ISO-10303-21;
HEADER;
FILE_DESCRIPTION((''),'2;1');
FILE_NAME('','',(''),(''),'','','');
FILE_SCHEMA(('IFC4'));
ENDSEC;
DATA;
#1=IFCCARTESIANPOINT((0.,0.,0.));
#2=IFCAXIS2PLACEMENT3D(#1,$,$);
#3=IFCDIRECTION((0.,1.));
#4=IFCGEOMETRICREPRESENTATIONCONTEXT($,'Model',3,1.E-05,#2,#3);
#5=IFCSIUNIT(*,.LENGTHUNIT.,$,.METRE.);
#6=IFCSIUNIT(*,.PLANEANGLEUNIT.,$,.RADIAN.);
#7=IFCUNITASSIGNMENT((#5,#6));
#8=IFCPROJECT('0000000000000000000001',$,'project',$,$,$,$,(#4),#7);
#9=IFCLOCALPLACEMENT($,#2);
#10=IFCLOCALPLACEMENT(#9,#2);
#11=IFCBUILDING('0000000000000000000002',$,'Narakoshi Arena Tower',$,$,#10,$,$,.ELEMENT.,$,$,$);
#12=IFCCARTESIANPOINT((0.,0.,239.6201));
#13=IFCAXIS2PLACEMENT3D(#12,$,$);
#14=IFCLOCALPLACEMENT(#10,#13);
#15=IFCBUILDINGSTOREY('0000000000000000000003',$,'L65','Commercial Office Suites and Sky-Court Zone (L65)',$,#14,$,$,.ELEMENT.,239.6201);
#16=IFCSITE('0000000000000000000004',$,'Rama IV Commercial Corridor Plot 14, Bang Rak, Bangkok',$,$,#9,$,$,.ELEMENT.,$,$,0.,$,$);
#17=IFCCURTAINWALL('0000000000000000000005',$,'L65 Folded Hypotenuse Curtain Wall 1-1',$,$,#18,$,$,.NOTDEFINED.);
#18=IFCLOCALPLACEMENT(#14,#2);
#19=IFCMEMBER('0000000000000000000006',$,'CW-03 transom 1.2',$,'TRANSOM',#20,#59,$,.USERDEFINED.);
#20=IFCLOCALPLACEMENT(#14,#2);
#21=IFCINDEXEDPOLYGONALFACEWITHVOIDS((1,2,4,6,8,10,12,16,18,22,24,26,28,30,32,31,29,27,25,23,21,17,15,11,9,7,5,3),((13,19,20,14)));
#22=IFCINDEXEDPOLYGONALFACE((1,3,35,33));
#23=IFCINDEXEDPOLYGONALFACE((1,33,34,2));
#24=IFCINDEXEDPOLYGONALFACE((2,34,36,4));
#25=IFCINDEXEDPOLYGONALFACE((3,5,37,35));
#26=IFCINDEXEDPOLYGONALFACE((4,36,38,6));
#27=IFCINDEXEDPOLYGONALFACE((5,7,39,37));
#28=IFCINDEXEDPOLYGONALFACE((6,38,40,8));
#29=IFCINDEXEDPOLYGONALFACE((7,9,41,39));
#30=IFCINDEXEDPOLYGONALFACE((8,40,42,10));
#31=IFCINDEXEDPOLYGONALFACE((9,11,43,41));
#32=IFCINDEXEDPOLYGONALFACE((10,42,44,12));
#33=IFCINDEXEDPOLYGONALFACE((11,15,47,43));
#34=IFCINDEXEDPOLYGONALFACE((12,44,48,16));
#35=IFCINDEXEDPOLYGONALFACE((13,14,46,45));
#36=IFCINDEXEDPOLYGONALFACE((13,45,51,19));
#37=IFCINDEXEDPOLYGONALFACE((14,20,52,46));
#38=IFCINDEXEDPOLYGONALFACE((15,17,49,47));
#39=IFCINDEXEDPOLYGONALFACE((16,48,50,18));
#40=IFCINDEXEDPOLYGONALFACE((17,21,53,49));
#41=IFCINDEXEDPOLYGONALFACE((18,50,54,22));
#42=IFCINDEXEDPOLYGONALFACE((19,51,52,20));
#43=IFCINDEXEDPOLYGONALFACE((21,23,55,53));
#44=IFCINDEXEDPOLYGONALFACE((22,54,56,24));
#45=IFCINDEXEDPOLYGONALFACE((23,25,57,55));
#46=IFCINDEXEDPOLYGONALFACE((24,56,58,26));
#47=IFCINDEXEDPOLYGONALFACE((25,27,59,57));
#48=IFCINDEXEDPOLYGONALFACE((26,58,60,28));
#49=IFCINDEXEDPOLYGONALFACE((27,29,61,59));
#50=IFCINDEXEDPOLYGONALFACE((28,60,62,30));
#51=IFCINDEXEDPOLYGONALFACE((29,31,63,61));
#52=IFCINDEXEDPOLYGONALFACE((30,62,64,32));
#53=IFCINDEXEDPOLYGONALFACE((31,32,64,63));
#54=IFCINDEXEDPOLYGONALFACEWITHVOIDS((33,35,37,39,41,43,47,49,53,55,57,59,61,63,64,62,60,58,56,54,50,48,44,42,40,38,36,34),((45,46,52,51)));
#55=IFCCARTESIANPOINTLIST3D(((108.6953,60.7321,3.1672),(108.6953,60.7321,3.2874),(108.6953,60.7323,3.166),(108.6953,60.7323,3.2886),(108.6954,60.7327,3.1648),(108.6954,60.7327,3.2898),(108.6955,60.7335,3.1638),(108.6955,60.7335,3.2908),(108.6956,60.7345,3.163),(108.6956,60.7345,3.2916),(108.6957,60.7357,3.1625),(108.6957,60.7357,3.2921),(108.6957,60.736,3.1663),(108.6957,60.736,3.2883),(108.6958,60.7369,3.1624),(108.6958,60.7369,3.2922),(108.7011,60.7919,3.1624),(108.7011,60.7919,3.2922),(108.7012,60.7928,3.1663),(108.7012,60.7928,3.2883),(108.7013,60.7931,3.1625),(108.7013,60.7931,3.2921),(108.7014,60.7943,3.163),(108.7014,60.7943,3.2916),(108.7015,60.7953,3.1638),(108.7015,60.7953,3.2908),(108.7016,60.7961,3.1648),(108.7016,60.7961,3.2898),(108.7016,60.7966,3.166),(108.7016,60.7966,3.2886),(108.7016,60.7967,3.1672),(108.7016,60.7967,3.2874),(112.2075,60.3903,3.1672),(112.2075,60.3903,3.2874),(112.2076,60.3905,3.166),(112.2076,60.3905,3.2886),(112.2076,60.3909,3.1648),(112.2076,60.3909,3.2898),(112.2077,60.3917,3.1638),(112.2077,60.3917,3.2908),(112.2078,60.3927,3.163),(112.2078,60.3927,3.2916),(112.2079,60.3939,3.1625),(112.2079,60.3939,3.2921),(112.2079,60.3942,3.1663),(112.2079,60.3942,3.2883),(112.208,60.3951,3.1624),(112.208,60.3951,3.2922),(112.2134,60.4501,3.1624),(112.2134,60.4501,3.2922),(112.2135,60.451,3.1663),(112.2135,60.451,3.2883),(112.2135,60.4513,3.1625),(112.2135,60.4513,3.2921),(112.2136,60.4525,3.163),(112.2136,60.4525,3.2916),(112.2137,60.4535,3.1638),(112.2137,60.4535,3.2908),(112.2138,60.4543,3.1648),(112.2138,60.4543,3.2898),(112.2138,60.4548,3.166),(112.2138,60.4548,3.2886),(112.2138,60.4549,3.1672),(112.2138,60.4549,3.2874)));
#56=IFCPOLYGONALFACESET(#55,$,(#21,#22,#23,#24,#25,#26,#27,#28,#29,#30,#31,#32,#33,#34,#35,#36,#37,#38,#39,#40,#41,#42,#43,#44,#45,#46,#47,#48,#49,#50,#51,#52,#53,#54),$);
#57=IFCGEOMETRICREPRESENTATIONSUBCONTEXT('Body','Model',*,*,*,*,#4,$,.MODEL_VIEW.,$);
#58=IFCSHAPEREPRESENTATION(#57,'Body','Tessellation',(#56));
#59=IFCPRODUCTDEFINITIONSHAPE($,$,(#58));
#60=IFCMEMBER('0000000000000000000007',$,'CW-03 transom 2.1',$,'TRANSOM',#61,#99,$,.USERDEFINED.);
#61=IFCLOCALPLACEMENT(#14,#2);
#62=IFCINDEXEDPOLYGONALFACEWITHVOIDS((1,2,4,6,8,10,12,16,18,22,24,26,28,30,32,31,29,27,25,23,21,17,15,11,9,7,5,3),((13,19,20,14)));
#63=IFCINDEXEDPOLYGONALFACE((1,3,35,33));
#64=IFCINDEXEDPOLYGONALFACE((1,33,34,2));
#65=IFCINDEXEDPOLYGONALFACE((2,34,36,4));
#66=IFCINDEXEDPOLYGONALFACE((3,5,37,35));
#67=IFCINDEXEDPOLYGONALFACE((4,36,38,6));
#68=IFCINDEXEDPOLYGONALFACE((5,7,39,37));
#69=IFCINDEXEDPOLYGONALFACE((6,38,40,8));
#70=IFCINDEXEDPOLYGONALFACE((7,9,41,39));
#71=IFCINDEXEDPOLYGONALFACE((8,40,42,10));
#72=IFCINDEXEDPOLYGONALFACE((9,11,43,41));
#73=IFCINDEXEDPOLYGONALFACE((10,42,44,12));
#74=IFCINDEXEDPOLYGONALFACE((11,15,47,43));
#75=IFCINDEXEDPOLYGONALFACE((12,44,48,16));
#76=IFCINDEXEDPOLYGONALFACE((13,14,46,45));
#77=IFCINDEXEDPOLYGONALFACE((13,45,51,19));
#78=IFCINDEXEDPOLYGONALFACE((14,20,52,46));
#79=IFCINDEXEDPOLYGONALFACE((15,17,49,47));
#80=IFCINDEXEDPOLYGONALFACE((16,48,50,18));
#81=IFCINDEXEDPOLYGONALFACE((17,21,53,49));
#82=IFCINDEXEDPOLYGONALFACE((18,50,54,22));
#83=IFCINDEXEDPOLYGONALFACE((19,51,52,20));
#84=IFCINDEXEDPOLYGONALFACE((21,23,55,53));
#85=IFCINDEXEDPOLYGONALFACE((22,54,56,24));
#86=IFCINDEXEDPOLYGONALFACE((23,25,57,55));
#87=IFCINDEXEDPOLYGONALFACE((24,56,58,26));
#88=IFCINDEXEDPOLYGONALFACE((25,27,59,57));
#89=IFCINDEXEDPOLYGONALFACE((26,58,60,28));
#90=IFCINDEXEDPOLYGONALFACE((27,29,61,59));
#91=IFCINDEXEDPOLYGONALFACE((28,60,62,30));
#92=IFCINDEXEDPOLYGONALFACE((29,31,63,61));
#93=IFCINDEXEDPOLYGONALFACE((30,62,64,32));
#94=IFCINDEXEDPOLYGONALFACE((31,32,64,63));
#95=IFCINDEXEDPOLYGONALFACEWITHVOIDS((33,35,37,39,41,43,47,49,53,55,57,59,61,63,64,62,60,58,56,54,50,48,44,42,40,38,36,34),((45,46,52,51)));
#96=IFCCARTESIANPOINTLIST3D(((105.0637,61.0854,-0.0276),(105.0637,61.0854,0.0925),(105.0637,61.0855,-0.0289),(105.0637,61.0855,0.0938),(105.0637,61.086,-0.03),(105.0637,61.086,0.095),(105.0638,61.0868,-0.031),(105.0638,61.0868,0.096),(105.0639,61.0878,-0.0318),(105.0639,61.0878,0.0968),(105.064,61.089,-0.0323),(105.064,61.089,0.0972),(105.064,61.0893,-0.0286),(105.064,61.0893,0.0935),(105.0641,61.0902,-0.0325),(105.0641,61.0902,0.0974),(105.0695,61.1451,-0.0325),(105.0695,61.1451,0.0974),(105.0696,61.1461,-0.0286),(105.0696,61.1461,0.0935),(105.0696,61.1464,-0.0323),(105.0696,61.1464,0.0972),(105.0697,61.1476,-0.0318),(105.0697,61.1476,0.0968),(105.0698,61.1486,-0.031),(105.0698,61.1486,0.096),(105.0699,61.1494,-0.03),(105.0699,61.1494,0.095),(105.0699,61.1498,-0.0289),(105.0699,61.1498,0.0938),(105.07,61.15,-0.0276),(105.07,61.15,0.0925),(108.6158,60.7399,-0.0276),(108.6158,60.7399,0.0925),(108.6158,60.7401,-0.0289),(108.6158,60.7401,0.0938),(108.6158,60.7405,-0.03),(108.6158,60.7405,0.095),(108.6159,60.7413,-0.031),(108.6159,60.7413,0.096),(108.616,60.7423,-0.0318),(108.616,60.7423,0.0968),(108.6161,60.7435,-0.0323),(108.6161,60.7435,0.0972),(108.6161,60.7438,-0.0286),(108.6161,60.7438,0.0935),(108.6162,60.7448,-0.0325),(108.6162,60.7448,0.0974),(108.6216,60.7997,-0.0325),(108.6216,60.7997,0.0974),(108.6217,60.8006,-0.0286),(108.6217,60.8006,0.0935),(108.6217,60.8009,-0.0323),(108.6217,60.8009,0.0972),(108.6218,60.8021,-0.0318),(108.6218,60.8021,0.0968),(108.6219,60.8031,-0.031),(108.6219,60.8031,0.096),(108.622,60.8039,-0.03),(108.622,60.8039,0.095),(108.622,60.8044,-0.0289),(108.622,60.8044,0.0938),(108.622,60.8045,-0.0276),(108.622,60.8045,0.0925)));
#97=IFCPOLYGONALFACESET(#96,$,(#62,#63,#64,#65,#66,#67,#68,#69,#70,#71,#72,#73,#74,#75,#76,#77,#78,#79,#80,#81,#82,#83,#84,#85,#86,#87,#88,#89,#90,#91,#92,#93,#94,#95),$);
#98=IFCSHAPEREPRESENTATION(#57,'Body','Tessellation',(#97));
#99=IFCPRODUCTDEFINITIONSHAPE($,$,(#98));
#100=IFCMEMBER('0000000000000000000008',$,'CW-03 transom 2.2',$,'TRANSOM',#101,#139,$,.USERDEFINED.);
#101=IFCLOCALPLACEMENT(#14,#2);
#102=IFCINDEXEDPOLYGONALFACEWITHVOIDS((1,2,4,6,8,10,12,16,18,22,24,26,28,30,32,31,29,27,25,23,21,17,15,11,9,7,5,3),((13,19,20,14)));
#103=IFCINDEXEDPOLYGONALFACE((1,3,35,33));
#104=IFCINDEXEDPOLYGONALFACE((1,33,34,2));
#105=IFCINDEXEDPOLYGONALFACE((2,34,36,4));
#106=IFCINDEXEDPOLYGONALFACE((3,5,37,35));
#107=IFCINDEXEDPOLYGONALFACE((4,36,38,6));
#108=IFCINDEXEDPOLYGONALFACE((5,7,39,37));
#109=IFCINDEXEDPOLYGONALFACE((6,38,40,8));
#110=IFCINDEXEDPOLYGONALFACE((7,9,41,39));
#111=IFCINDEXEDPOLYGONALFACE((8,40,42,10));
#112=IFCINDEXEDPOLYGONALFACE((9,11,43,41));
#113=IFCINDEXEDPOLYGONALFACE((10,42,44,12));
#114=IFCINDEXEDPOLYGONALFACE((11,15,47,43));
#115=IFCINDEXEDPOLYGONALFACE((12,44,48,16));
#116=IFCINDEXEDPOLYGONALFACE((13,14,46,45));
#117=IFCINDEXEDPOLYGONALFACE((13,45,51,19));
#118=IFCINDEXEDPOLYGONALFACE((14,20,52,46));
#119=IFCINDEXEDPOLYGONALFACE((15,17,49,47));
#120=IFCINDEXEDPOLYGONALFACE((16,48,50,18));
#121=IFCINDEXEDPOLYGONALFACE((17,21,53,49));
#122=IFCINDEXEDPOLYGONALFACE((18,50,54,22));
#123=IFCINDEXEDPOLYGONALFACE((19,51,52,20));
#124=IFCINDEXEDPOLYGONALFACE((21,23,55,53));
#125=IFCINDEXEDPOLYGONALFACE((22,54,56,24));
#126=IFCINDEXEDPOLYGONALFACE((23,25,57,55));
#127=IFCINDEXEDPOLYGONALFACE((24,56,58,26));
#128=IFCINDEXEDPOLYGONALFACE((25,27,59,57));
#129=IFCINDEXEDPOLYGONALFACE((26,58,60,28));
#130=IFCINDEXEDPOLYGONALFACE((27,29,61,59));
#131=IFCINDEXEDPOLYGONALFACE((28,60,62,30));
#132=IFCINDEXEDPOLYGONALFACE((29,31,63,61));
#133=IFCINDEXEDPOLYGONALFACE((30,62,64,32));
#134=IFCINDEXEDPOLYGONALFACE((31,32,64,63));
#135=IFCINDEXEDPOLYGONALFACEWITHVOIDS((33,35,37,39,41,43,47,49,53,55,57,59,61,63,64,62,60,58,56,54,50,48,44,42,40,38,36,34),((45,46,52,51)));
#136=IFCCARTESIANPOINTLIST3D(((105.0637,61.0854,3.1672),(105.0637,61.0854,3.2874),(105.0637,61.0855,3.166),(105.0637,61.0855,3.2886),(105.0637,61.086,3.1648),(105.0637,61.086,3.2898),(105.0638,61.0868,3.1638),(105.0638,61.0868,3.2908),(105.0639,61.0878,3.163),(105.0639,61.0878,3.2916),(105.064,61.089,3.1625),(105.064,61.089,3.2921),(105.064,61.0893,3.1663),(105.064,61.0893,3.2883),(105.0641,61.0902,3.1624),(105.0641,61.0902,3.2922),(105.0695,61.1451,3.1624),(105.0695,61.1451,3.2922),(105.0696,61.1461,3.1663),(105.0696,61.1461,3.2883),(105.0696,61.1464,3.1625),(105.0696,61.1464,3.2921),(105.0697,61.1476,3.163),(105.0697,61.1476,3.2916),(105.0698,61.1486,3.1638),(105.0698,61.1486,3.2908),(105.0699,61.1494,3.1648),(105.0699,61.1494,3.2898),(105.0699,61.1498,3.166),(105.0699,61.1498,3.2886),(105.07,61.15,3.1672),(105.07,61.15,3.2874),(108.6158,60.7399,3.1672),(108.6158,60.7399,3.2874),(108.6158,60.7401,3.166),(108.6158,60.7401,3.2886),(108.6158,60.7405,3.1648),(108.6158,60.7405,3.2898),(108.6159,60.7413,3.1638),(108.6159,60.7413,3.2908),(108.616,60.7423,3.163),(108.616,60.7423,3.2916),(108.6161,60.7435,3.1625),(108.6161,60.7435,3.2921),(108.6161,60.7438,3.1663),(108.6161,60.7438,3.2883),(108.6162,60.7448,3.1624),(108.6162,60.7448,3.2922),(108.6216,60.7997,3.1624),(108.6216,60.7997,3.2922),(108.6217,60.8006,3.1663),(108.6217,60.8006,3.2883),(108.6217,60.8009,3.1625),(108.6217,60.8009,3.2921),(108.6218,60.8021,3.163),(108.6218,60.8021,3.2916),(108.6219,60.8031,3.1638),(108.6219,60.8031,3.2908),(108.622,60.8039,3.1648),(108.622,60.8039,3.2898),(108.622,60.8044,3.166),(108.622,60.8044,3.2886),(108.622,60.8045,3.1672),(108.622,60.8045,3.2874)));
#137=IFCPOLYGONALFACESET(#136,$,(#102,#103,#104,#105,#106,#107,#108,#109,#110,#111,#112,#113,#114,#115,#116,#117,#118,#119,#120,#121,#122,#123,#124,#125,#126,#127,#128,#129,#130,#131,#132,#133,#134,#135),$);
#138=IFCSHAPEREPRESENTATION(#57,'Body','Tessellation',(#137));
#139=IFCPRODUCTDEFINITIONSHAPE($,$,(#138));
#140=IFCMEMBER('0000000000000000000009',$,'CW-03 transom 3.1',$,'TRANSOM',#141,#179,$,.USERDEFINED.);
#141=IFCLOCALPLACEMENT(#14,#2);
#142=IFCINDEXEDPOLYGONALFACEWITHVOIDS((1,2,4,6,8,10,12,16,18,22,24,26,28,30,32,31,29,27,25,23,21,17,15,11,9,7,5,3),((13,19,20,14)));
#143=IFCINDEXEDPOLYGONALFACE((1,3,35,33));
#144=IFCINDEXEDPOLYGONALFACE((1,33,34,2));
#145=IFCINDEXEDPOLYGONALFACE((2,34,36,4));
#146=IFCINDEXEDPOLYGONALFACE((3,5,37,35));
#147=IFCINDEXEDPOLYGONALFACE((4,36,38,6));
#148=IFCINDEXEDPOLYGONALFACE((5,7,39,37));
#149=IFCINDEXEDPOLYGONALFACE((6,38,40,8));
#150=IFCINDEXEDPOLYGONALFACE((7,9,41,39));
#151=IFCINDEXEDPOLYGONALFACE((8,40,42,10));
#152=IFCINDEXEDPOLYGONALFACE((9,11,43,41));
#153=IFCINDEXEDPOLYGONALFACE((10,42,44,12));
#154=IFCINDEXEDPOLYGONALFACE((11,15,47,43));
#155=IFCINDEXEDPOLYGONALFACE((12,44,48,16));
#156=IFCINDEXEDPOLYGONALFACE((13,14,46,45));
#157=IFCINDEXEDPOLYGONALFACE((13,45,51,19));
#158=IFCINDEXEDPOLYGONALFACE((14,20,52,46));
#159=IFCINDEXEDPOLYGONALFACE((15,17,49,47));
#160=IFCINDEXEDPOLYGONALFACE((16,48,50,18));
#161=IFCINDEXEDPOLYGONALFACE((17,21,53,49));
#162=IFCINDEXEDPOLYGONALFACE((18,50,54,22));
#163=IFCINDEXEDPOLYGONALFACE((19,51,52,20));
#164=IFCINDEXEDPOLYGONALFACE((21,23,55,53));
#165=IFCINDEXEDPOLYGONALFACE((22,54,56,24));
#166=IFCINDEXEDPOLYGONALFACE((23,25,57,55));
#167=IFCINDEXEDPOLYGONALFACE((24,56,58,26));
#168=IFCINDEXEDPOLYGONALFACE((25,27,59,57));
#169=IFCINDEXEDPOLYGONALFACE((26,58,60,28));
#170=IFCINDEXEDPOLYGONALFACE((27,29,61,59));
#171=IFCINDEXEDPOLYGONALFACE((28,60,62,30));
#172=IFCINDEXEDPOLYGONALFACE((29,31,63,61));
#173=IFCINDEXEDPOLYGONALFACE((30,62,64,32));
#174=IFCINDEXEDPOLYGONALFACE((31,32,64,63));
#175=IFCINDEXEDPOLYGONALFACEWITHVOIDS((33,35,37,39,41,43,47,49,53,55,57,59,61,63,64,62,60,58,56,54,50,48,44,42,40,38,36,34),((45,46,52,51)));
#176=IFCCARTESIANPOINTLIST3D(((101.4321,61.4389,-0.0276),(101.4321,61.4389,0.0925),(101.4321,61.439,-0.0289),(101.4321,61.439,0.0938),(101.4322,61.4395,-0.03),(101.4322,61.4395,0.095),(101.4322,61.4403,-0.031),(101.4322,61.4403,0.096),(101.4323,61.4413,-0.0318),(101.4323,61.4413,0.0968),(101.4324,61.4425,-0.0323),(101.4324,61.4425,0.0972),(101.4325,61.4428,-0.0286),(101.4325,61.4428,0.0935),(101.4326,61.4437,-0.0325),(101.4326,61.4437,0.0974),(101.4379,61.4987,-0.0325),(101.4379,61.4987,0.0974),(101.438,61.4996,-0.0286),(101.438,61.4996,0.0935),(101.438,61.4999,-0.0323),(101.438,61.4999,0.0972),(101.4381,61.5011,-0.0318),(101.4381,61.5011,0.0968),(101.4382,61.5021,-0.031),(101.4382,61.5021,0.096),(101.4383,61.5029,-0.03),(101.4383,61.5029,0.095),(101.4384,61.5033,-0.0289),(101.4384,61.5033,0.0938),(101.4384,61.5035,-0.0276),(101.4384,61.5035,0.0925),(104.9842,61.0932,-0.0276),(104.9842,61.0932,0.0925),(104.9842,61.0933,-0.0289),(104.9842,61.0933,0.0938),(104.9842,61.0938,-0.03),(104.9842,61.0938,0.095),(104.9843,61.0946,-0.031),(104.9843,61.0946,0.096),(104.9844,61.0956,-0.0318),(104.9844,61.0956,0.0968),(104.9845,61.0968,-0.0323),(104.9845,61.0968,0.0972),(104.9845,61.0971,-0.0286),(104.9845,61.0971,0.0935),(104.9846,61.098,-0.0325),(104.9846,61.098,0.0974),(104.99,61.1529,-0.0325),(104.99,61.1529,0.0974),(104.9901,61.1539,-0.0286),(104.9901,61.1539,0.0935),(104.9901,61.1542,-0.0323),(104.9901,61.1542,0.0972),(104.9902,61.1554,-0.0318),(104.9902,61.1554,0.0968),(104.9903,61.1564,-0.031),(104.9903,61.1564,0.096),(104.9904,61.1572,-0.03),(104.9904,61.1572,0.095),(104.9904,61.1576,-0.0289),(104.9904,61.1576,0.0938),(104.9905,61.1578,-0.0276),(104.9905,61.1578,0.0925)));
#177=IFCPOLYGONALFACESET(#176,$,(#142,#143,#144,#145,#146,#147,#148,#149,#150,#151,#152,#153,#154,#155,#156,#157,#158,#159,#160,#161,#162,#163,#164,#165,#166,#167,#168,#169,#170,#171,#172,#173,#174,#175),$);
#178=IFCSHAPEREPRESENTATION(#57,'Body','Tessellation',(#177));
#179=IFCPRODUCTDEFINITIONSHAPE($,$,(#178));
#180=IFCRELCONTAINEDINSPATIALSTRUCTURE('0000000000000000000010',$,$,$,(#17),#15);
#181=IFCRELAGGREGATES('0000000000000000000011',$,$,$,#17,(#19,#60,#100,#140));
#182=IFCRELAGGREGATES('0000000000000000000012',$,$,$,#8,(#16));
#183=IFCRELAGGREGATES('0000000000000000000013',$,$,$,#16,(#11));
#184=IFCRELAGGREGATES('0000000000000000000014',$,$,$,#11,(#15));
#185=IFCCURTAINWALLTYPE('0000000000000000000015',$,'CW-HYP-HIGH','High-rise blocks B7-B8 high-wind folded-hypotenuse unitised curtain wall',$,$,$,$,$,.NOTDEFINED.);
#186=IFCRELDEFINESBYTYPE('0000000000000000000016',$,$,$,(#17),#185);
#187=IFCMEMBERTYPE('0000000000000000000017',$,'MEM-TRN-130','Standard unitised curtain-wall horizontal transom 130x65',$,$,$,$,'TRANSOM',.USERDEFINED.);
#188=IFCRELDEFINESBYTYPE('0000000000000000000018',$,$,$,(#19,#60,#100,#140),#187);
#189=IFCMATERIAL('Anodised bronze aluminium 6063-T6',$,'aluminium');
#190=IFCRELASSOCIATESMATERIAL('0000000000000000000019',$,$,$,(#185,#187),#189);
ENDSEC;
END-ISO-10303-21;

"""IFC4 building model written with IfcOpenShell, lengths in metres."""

from ifc_helpers import new_model, si_unit, direction, frame, origin, origin_2d, place, context, subcontext, project, spatial, hollow_rectangle, extrude, material, material_profile, profile_set, type_object, element, aggregate, save


model = new_model("IFC4")

# Units and contexts
model_context = context("Model", 3, precision=1e-05, world=origin(), true_north=direction((0.0, 1.0)))
body_context = subcontext(model_context, "Body", "Model", "MODEL_VIEW")
ifc_project = project(units=[si_unit("LENGTHUNIT", "METRE"), si_unit("PLANEANGLEUNIT", "RADIAN")], contexts=[model_context])

# Site, building, storey
site_placement = place(None, origin())
site = spatial("IfcSite", under=ifc_project, at=site_placement, Name="Rama IV Commercial Corridor Plot 14, Bang Rak, Bangkok", CompositionType="ELEMENT", RefElevation=0.0)
building_placement = place(site_placement, origin())
building = spatial("IfcBuilding", under=site, at=building_placement, Name="Narakoshi Arena Tower", CompositionType="ELEMENT")
storey_placement = place(building_placement, frame((0.0, 0.0, 239.6201)))
storey = spatial("IfcBuildingStorey", under=building, at=storey_placement, Name="L65", Description="Commercial Office Suites and Sky-Court Zone (L65)", CompositionType="ELEMENT", Elevation=239.6201)

# Curtain wall, members
ifc_material_1 = material(Name="Anodised bronze aluminium 6063-T6", Category="aluminium")
curtain_wall_type = type_object("IfcCurtainWallType", Name="CW-HYP-HIGH", Description="High-rise blocks B7-B8 high-wind folded-hypotenuse unitised curtain wall", PredefinedType="NOTDEFINED", material=ifc_material_1)
curtain_wall_placement = place(storey_placement, origin())
curtain_wall = element("IfcCurtainWall", 1, at=curtain_wall_placement, inside=storey, type_object=curtain_wall_type, Name="L65 Folded Hypotenuse Curtain Wall 1-1", PredefinedType="NOTDEFINED")
ifc_material_profile_1 = material_profile(ifc_material_1, hollow_rectangle(XDim=0.0649, YDim=0.1299, WallThickness=0.0039, OuterFilletRadius=0.0049, at=origin_2d()), Name="TRN130x65x4")
ifc_profile_set_1 = profile_set([ifc_material_profile_1], Name="Anodised bronze aluminium 6063-T6")
member_type_1 = type_object("IfcMemberType", Name="MEM-TRN-130", Description="Standard unitised curtain-wall horizontal transom 130x65", ElementType="TRANSOM", PredefinedType="USERDEFINED", material=ifc_profile_set_1)
member_1_placement = place(storey_placement, frame((112.2107, 60.4226, 3.2273), z_axis=(-0.995298, 0.096859, 0.0), x_axis=(-0.096859, -0.995298, 0.0)))
member_1 = element("IfcMember", 2, at=member_1_placement, type_object=member_type_1, Name="CW-03 transom 1.2", ObjectType="TRANSOM", PredefinedType="USERDEFINED", context=body_context, shape_type="SweptSolid", body=[
    extrude(hollow_rectangle(XDim=0.0649, YDim=0.1299, WallThickness=0.0039, OuterFilletRadius=0.0049, at=origin_2d()), origin(), (0.0, 0.0, 1.0), 3.5288),
])
member_2_placement = place(storey_placement, frame((108.6189, 60.7722, 0.0325), z_axis=(-0.995304, 0.096801, 0.0), x_axis=(-0.096801, -0.995304, 0.0)))
member_2 = element("IfcMember", 3, at=member_2_placement, type_object=member_type_1, Name="CW-03 transom 2.1", ObjectType="TRANSOM", PredefinedType="USERDEFINED", context=body_context, shape_type="SweptSolid", body=[
    extrude(hollow_rectangle(XDim=0.0649, YDim=0.1299, WallThickness=0.0039, OuterFilletRadius=0.0049, at=origin_2d()), origin(), (0.0, 0.0, 1.0), 3.5688),
])
member_3_placement = place(storey_placement, frame((108.6189, 60.7722, 3.2273), z_axis=(-0.995304, 0.096801, 0.0), x_axis=(-0.096801, -0.995304, 0.0)))
member_3 = element("IfcMember", 4, at=member_3_placement, type_object=member_type_1, Name="CW-03 transom 2.2", ObjectType="TRANSOM", PredefinedType="USERDEFINED", context=body_context, shape_type="SweptSolid", body=[
    extrude(hollow_rectangle(XDim=0.0649, YDim=0.1299, WallThickness=0.0039, OuterFilletRadius=0.0049, at=origin_2d()), origin(), (0.0, 0.0, 1.0), 3.5688),
])
member_4_placement = place(storey_placement, frame((104.9873, 61.1255, 0.0325), z_axis=(-0.995297, 0.096869, 0.0), x_axis=(-0.096869, -0.995297, 0.0)))
member_4 = element("IfcMember", 5, at=member_4_placement, type_object=member_type_1, Name="CW-03 transom 3.1", ObjectType="TRANSOM", PredefinedType="USERDEFINED", context=body_context, shape_type="SweptSolid", body=[
    extrude(hollow_rectangle(XDim=0.0649, YDim=0.1299, WallThickness=0.0039, OuterFilletRadius=0.0049, at=origin_2d()), origin(), (0.0, 0.0, 1.0), 3.5688),
])
aggregate(curtain_wall, [member_1, member_2, member_3, member_4])

save(model, "model.ifc")
